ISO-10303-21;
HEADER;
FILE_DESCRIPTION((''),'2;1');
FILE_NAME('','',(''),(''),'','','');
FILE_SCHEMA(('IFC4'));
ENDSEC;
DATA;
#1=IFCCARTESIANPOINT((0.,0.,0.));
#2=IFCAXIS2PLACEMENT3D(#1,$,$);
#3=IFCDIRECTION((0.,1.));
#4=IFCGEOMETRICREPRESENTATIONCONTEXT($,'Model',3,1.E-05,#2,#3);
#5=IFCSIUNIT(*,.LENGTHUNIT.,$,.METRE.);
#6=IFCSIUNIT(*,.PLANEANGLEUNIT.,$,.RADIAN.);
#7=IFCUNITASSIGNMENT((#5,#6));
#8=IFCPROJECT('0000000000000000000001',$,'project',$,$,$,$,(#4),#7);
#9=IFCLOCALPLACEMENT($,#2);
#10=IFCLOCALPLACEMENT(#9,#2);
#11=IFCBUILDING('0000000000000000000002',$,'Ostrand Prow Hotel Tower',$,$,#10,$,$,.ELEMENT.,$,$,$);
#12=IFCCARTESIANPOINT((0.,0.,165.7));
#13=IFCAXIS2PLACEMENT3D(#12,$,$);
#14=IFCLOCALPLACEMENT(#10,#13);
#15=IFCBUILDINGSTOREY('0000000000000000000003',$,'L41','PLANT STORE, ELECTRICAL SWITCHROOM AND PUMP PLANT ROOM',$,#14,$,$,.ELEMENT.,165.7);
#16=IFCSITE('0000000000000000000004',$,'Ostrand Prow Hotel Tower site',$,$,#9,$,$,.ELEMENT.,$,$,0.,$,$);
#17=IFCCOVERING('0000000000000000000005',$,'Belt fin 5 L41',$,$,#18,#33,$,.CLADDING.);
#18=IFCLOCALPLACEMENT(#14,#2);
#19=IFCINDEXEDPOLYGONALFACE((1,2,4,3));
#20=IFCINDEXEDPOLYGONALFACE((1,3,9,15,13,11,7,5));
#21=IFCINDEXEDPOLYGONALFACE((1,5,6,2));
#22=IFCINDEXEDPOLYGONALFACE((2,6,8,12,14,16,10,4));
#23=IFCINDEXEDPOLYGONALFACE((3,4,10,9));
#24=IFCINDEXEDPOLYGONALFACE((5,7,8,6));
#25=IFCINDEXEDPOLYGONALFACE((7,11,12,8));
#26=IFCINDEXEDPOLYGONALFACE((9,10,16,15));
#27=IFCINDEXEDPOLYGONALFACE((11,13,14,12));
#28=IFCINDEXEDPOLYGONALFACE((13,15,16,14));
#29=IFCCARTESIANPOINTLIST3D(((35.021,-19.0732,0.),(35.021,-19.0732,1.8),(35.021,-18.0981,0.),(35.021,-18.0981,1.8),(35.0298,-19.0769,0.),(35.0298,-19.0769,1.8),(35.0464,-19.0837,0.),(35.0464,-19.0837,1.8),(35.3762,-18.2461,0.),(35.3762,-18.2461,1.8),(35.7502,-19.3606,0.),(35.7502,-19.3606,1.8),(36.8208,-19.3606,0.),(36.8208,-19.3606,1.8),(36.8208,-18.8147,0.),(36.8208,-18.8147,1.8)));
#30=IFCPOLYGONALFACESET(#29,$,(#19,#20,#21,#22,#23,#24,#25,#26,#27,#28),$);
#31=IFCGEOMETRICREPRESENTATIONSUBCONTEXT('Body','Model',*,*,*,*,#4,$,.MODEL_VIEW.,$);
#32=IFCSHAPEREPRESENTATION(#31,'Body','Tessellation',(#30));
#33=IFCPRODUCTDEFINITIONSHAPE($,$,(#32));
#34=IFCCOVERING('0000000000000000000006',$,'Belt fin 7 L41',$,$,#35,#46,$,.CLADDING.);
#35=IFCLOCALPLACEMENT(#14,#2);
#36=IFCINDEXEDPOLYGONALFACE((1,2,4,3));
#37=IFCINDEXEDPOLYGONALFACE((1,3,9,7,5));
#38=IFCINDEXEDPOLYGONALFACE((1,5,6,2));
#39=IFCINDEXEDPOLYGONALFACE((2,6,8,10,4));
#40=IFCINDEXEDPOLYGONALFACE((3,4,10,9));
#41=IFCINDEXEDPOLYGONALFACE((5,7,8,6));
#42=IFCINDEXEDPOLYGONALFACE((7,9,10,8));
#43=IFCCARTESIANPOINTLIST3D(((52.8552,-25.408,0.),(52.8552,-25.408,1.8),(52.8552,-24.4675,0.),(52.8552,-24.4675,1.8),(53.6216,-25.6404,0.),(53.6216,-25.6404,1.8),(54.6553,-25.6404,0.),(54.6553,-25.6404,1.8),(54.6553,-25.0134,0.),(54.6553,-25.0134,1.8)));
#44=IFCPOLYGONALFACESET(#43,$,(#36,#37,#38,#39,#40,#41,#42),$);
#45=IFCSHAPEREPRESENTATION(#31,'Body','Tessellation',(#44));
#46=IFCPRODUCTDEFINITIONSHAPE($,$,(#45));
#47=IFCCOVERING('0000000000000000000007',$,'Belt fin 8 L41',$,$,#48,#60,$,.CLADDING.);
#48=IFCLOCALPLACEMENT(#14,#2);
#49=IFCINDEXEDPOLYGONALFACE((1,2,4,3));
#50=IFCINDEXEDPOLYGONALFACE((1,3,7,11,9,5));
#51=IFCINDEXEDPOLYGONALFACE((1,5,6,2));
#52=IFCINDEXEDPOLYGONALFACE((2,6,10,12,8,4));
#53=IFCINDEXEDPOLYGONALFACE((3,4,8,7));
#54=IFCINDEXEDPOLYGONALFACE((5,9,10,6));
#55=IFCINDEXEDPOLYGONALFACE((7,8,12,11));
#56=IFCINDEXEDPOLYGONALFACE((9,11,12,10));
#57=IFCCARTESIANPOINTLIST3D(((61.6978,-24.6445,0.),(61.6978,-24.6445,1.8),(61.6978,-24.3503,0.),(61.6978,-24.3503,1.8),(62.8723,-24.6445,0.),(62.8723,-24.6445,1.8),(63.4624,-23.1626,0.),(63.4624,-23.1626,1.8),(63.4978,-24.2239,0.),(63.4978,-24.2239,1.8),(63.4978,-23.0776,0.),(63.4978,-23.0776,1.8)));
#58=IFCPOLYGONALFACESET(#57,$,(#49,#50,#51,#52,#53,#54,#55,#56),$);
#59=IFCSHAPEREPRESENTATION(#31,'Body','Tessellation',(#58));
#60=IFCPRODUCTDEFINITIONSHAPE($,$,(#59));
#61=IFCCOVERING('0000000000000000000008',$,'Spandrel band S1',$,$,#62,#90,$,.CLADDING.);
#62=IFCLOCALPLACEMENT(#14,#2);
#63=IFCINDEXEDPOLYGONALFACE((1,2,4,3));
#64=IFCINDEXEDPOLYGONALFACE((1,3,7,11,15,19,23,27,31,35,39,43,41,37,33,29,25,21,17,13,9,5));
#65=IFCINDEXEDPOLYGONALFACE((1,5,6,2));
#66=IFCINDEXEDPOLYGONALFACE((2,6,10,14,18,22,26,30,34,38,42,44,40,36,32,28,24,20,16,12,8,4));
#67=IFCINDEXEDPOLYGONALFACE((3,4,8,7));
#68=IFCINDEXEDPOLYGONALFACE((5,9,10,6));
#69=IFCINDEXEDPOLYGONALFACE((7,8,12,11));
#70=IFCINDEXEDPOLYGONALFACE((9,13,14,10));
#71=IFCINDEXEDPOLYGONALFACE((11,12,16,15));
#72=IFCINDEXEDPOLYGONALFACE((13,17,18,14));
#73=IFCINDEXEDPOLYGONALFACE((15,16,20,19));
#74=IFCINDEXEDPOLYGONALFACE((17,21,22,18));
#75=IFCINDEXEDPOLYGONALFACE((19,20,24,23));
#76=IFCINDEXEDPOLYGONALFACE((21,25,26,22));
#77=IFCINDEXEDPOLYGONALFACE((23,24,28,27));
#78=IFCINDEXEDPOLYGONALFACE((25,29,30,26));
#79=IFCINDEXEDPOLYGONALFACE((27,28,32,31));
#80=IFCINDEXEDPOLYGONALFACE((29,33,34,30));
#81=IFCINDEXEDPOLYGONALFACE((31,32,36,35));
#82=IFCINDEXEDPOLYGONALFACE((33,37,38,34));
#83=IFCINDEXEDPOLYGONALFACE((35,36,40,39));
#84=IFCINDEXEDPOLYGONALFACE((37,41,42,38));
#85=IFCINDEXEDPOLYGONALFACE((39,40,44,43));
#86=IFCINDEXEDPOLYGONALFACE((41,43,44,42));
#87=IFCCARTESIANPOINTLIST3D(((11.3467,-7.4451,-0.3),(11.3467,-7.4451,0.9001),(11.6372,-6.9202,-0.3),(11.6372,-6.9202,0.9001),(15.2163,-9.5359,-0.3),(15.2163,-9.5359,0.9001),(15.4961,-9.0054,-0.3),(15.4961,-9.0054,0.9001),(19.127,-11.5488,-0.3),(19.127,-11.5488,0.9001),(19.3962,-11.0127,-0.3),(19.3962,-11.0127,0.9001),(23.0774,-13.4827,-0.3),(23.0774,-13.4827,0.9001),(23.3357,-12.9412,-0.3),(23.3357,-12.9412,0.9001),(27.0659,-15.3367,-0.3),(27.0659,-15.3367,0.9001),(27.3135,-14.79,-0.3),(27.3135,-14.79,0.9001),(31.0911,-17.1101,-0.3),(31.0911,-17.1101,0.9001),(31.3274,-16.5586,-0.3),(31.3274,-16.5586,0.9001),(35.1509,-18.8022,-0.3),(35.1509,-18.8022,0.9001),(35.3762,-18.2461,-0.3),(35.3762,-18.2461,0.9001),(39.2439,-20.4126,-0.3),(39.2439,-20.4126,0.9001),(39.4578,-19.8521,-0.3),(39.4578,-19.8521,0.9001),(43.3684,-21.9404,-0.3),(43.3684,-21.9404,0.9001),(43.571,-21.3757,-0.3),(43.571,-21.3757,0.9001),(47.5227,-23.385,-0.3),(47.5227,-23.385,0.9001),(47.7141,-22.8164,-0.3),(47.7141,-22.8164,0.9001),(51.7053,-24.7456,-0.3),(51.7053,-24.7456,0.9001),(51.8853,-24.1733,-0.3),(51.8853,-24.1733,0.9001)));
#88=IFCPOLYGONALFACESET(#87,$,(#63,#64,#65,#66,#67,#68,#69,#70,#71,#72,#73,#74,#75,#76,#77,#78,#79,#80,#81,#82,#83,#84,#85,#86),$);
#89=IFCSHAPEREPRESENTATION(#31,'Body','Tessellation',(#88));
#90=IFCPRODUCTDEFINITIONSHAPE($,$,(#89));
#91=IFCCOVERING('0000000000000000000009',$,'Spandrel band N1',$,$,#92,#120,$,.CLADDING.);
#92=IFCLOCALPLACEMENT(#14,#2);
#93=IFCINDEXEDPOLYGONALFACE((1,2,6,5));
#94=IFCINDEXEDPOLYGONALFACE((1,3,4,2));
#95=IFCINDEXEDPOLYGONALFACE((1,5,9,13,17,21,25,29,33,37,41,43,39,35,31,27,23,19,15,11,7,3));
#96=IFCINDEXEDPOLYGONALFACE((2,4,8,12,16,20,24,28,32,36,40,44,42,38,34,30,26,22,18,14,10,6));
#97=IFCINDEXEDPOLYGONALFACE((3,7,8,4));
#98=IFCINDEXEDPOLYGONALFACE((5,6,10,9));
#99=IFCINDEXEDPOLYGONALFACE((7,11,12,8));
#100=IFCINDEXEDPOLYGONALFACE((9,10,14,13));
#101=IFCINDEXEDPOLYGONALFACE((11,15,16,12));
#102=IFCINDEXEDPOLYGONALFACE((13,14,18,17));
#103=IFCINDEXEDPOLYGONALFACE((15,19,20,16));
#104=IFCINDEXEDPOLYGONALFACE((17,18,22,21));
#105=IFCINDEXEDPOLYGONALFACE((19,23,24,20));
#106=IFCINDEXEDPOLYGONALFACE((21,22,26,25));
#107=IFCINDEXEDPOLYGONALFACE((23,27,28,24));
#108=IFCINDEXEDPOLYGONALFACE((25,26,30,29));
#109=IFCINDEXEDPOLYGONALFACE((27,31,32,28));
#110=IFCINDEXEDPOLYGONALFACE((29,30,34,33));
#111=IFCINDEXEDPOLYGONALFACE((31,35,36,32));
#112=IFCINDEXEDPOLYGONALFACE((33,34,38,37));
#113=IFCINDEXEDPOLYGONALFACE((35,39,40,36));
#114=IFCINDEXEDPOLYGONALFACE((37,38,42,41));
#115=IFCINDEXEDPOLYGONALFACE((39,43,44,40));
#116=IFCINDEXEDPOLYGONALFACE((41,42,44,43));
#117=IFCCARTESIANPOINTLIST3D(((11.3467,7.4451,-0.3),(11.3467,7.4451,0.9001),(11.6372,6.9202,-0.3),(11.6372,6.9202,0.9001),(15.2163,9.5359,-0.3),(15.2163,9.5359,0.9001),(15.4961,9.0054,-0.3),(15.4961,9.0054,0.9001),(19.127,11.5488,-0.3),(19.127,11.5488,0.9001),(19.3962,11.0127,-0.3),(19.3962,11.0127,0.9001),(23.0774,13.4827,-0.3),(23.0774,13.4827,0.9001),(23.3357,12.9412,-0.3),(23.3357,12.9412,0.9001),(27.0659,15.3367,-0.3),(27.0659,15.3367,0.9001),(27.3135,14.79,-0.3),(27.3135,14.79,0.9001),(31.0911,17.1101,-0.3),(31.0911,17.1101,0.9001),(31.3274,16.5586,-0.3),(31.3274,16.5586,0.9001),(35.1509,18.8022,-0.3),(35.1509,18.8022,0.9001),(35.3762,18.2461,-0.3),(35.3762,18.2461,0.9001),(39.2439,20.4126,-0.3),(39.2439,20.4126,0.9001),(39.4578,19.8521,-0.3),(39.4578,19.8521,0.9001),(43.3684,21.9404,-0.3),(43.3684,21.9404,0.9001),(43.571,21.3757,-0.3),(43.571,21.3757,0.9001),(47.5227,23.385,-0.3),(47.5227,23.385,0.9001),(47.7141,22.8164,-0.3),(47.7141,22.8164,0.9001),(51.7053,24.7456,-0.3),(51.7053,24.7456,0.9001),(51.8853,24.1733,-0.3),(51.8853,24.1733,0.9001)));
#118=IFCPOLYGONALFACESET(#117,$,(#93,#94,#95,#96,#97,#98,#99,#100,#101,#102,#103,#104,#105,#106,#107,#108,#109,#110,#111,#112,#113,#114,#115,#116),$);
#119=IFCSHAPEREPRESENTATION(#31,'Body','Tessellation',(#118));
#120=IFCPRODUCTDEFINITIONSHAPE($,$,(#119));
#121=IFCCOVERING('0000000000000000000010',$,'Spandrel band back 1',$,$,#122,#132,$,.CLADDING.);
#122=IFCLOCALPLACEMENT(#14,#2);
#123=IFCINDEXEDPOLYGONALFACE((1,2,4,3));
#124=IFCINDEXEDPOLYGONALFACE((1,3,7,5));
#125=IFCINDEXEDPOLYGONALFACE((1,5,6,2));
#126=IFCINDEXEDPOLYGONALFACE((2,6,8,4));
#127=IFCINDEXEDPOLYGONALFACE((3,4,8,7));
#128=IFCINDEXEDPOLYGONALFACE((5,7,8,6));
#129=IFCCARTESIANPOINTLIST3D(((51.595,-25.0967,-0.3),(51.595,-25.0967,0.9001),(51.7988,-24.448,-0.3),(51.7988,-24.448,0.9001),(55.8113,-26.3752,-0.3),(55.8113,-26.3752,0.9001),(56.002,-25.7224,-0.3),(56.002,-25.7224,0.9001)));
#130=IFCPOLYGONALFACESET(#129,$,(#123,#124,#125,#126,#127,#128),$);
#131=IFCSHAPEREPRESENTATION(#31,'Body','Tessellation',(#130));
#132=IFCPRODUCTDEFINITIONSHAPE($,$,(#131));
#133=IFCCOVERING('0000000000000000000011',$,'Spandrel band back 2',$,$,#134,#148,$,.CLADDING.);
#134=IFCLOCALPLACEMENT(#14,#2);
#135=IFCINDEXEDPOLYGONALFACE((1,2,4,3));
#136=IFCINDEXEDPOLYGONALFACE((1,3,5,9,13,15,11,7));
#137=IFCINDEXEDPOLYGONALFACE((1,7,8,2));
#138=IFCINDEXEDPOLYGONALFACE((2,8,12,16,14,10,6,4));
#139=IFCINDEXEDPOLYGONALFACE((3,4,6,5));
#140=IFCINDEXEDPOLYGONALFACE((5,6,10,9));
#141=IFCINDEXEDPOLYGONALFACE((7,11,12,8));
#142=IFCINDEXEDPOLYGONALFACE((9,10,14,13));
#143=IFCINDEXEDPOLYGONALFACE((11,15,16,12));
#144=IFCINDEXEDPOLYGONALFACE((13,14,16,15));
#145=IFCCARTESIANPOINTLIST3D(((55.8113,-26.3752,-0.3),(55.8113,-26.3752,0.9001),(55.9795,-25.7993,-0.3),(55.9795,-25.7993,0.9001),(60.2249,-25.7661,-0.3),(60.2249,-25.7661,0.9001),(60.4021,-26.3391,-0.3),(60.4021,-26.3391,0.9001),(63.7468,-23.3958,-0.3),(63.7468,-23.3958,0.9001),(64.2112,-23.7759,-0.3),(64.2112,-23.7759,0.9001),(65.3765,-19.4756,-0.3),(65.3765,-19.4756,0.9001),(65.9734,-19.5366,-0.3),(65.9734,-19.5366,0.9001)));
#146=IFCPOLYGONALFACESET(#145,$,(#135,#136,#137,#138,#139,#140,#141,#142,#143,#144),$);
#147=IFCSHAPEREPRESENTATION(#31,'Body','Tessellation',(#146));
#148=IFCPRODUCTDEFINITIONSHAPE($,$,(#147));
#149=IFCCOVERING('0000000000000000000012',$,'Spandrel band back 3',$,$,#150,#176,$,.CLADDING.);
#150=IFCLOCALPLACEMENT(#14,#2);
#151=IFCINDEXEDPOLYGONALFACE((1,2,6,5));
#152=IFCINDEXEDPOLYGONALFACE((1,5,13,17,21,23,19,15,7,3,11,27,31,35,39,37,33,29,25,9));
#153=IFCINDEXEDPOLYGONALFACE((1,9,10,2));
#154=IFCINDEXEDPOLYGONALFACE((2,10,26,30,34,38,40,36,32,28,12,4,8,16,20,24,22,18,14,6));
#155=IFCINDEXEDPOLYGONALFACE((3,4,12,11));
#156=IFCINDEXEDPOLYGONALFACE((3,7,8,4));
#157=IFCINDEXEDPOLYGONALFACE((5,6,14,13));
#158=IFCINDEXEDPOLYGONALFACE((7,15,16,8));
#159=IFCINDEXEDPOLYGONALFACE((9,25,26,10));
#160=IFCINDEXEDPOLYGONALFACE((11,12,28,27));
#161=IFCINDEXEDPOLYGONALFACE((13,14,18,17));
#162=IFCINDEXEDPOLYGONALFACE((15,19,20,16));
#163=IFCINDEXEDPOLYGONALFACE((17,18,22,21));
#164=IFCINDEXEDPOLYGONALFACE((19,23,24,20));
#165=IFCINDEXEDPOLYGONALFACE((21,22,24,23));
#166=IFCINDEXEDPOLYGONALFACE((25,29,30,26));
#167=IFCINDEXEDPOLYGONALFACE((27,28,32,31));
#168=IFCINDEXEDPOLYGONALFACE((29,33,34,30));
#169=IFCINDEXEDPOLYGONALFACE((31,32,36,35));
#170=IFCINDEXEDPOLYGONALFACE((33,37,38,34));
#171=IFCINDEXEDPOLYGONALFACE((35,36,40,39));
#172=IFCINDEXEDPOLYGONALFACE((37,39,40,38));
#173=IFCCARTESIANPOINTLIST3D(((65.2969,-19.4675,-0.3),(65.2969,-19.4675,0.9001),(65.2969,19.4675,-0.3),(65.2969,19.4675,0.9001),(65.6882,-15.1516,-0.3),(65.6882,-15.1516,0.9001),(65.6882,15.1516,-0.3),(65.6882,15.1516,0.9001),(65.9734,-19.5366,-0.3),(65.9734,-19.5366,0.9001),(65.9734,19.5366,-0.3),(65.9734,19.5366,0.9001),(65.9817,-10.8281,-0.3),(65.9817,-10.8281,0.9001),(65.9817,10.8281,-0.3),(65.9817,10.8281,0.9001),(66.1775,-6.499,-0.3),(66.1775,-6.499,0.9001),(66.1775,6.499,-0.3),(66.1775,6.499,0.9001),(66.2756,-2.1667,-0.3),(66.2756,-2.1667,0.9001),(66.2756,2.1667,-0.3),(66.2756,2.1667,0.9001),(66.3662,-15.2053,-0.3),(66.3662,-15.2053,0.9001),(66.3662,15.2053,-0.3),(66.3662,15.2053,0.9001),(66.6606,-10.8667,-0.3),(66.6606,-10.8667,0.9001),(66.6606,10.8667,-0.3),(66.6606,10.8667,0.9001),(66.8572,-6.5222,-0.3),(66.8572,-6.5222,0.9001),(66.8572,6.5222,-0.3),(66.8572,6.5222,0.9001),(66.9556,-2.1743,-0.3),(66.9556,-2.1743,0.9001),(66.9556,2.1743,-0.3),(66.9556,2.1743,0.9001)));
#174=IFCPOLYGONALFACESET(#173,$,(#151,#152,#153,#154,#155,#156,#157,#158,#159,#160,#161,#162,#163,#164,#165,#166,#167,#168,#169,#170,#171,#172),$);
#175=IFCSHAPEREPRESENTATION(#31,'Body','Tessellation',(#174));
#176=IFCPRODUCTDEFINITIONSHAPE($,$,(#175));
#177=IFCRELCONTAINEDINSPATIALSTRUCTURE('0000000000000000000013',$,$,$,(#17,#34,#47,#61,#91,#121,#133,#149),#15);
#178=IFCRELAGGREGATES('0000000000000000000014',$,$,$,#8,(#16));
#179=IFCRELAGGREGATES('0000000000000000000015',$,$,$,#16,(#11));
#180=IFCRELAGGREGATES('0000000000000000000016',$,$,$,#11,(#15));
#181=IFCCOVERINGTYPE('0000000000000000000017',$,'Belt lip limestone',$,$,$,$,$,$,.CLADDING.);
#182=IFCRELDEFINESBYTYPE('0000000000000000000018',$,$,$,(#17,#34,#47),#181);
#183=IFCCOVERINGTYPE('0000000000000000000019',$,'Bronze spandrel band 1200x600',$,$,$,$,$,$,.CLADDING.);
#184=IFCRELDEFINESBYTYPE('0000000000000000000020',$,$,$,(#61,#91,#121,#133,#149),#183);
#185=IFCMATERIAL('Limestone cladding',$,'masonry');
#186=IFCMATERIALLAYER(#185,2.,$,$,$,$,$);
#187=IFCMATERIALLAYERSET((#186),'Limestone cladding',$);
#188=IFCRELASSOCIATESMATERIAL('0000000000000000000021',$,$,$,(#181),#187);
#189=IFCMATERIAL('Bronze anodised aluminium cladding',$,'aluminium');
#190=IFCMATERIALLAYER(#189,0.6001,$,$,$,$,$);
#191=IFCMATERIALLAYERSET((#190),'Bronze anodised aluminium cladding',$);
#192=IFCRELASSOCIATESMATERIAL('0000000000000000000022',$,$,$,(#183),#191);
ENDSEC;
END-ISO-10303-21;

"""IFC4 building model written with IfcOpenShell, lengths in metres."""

from ifc_helpers import new_model, si_unit, direction, frame, origin, place, context, subcontext, project, spatial, polyline, outline, extrude, material, layer, layer_set, type_object, element, save


model = new_model("IFC4")

# Units and contexts
model_context = context("Model", 3, precision=1e-05, world=origin(), true_north=direction((0.0, 1.0)))
body_context = subcontext(model_context, "Body", "Model", "MODEL_VIEW")
ifc_project = project(units=[si_unit("LENGTHUNIT", "METRE"), si_unit("PLANEANGLEUNIT", "RADIAN")], contexts=[model_context])

# Site, building, storey
site_placement = place(None, origin())
site = spatial("IfcSite", under=ifc_project, at=site_placement, Name="Ostrand Prow Hotel Tower site", CompositionType="ELEMENT", RefElevation=0.0)
building_placement = place(site_placement, origin())
building = spatial("IfcBuilding", under=site, at=building_placement, Name="Ostrand Prow Hotel Tower", CompositionType="ELEMENT")
storey_placement = place(building_placement, frame((0.0, 0.0, 165.7)))
storey = spatial("IfcBuildingStorey", under=building, at=storey_placement, Name="L41", Description="PLANT STORE, ELECTRICAL SWITCHROOM AND PUMP PLANT ROOM", CompositionType="ELEMENT", Elevation=165.7)

# Coverings
ifc_material_1 = material(Name="Limestone cladding", Category="masonry")
ifc_layer_1 = layer(ifc_material_1, 2.0)
ifc_layer_set_1 = layer_set([ifc_layer_1], Name="Limestone cladding")
covering_type_1 = type_object("IfcCoveringType", Name="Belt lip limestone", PredefinedType="CLADDING", material=ifc_layer_set_1)
covering_1_placement = place(storey_placement, origin())
element("IfcCovering", 1, at=covering_1_placement, inside=storey, type_object=covering_type_1, Name="Belt fin 5 L41", PredefinedType="CLADDING", context=body_context, shape_type="SweptSolid", body=[
    extrude(outline(polyline([(35.0464, -19.0837), (35.7502, -19.3606), (36.8208, -19.3606), (36.8208, -18.8147), (35.3762, -18.2461), (35.021, -18.0981), (35.021, -19.0732), (35.0298, -19.0769), (35.0464, -19.0837)])), origin(), (0.0, 0.0, 1.0), 1.8),
])
covering_2_placement = place(storey_placement, origin())
element("IfcCovering", 2, at=covering_2_placement, inside=storey, type_object=covering_type_1, Name="Belt fin 7 L41", PredefinedType="CLADDING", context=body_context, shape_type="SweptSolid", body=[
    extrude(outline(polyline([(52.8552, -25.408), (53.6216, -25.6404), (54.6553, -25.6404), (54.6553, -25.0134), (52.8552, -24.4675), (52.8552, -25.408)])), origin(), (0.0, 0.0, 1.0), 1.8),
])
covering_3_placement = place(storey_placement, origin())
element("IfcCovering", 3, at=covering_3_placement, inside=storey, type_object=covering_type_1, Name="Belt fin 8 L41", PredefinedType="CLADDING", context=body_context, shape_type="SweptSolid", body=[
    extrude(outline(polyline([(62.8723, -24.6445), (63.4978, -24.2239), (63.4978, -23.0776), (63.4624, -23.1626), (61.6978, -24.3503), (61.6978, -24.6445), (62.8723, -24.6445)])), origin(), (0.0, 0.0, 1.0), 1.8),
])
ifc_material_2 = material(Name="Bronze anodised aluminium cladding", Category="aluminium")
ifc_layer_2 = layer(ifc_material_2, 0.6001)
ifc_layer_set_2 = layer_set([ifc_layer_2], Name="Bronze anodised aluminium cladding")
covering_type_2 = type_object("IfcCoveringType", Name="Bronze spandrel band 1200x600", PredefinedType="CLADDING", material=ifc_layer_set_2)
covering_4_placement = place(storey_placement, frame((0.0, 0.0, -0.3)))
element("IfcCovering", 4, at=covering_4_placement, inside=storey, type_object=covering_type_2, Name="Spandrel band S1", PredefinedType="CLADDING", context=body_context, shape_type="SweptSolid", body=[
    extrude(outline(polyline([(11.3467, -7.4451), (15.2163, -9.5359), (19.127, -11.5488), (23.0774, -13.4827), (27.0659, -15.3367), (31.0911, -17.1101), (35.1509, -18.8022), (39.2439, -20.4126), (43.3684, -21.9404), (47.5227, -23.385), (51.7053, -24.7456), (51.8853, -24.1733), (47.7141, -22.8164), (43.571, -21.3757), (39.4578, -19.8521), (35.3762, -18.2461), (31.3274, -16.5586), (27.3135, -14.79), (23.3357, -12.9412), (19.3962, -11.0127), (15.4961, -9.0054), (11.6372, -6.9202), (11.3467, -7.4451)])), origin(), (0.0, 0.0, 1.0), 1.2002),
])
covering_5_placement = place(storey_placement, frame((0.0, 0.0, -0.3)))
element("IfcCovering", 5, at=covering_5_placement, inside=storey, type_object=covering_type_2, Name="Spandrel band N1", PredefinedType="CLADDING", context=body_context, shape_type="SweptSolid", body=[
    extrude(outline(polyline([(51.7053, 24.7456), (47.5227, 23.385), (43.3684, 21.9404), (39.2439, 20.4126), (35.1509, 18.8022), (31.0911, 17.1101), (27.0659, 15.3367), (23.0774, 13.4827), (19.127, 11.5488), (15.2163, 9.5359), (11.3467, 7.4451), (11.6372, 6.9202), (15.4961, 9.0054), (19.3962, 11.0127), (23.3357, 12.9412), (27.3135, 14.79), (31.3274, 16.5586), (35.3762, 18.2461), (39.4578, 19.8521), (43.571, 21.3757), (47.7141, 22.8164), (51.8853, 24.1733), (51.7053, 24.7456)])), origin(), (0.0, 0.0, 1.0), 1.2002),
])
covering_6_placement = place(storey_placement, frame((0.0, 0.0, -0.3)))
element("IfcCovering", 6, at=covering_6_placement, inside=storey, type_object=covering_type_2, Name="Spandrel band back 1", PredefinedType="CLADDING", context=body_context, shape_type="SweptSolid", body=[
    extrude(outline(polyline([(51.595, -25.0967), (55.8113, -26.3752), (56.002, -25.7224), (51.7988, -24.448), (51.595, -25.0967)])), origin(), (0.0, 0.0, 1.0), 1.2002),
])
covering_7_placement = place(storey_placement, frame((0.0, 0.0, -0.3)))
element("IfcCovering", 7, at=covering_7_placement, inside=storey, type_object=covering_type_2, Name="Spandrel band back 2", PredefinedType="CLADDING", context=body_context, shape_type="SweptSolid", body=[
    extrude(outline(polyline([(55.8113, -26.3752), (60.4021, -26.3391), (64.2112, -23.7759), (65.9734, -19.5366), (65.3765, -19.4756), (63.7468, -23.3958), (60.2249, -25.7661), (55.9795, -25.7993), (55.8113, -26.3752)])), origin(), (0.0, 0.0, 1.0), 1.2002),
])
covering_8_placement = place(storey_placement, frame((0.0, 0.0, -0.3)))
element("IfcCovering", 8, at=covering_8_placement, inside=storey, type_object=covering_type_2, Name="Spandrel band back 3", PredefinedType="CLADDING", context=body_context, shape_type="SweptSolid", body=[
    extrude(outline(polyline([(65.9734, -19.5366), (66.3662, -15.2053), (66.6606, -10.8667), (66.8572, -6.5222), (66.9556, -2.1743), (66.9556, 2.1743), (66.8572, 6.5222), (66.6606, 10.8667), (66.3662, 15.2053), (65.9734, 19.5366), (65.2969, 19.4675), (65.6882, 15.1516), (65.9817, 10.8281), (66.1775, 6.499), (66.2756, 2.1667), (66.2756, -2.1667), (66.1775, -6.499), (65.9817, -10.8281), (65.6882, -15.1516), (65.2969, -19.4675), (65.9734, -19.5366)])), origin(), (0.0, 0.0, 1.0), 1.2002),
])

save(model, "model.ifc")
